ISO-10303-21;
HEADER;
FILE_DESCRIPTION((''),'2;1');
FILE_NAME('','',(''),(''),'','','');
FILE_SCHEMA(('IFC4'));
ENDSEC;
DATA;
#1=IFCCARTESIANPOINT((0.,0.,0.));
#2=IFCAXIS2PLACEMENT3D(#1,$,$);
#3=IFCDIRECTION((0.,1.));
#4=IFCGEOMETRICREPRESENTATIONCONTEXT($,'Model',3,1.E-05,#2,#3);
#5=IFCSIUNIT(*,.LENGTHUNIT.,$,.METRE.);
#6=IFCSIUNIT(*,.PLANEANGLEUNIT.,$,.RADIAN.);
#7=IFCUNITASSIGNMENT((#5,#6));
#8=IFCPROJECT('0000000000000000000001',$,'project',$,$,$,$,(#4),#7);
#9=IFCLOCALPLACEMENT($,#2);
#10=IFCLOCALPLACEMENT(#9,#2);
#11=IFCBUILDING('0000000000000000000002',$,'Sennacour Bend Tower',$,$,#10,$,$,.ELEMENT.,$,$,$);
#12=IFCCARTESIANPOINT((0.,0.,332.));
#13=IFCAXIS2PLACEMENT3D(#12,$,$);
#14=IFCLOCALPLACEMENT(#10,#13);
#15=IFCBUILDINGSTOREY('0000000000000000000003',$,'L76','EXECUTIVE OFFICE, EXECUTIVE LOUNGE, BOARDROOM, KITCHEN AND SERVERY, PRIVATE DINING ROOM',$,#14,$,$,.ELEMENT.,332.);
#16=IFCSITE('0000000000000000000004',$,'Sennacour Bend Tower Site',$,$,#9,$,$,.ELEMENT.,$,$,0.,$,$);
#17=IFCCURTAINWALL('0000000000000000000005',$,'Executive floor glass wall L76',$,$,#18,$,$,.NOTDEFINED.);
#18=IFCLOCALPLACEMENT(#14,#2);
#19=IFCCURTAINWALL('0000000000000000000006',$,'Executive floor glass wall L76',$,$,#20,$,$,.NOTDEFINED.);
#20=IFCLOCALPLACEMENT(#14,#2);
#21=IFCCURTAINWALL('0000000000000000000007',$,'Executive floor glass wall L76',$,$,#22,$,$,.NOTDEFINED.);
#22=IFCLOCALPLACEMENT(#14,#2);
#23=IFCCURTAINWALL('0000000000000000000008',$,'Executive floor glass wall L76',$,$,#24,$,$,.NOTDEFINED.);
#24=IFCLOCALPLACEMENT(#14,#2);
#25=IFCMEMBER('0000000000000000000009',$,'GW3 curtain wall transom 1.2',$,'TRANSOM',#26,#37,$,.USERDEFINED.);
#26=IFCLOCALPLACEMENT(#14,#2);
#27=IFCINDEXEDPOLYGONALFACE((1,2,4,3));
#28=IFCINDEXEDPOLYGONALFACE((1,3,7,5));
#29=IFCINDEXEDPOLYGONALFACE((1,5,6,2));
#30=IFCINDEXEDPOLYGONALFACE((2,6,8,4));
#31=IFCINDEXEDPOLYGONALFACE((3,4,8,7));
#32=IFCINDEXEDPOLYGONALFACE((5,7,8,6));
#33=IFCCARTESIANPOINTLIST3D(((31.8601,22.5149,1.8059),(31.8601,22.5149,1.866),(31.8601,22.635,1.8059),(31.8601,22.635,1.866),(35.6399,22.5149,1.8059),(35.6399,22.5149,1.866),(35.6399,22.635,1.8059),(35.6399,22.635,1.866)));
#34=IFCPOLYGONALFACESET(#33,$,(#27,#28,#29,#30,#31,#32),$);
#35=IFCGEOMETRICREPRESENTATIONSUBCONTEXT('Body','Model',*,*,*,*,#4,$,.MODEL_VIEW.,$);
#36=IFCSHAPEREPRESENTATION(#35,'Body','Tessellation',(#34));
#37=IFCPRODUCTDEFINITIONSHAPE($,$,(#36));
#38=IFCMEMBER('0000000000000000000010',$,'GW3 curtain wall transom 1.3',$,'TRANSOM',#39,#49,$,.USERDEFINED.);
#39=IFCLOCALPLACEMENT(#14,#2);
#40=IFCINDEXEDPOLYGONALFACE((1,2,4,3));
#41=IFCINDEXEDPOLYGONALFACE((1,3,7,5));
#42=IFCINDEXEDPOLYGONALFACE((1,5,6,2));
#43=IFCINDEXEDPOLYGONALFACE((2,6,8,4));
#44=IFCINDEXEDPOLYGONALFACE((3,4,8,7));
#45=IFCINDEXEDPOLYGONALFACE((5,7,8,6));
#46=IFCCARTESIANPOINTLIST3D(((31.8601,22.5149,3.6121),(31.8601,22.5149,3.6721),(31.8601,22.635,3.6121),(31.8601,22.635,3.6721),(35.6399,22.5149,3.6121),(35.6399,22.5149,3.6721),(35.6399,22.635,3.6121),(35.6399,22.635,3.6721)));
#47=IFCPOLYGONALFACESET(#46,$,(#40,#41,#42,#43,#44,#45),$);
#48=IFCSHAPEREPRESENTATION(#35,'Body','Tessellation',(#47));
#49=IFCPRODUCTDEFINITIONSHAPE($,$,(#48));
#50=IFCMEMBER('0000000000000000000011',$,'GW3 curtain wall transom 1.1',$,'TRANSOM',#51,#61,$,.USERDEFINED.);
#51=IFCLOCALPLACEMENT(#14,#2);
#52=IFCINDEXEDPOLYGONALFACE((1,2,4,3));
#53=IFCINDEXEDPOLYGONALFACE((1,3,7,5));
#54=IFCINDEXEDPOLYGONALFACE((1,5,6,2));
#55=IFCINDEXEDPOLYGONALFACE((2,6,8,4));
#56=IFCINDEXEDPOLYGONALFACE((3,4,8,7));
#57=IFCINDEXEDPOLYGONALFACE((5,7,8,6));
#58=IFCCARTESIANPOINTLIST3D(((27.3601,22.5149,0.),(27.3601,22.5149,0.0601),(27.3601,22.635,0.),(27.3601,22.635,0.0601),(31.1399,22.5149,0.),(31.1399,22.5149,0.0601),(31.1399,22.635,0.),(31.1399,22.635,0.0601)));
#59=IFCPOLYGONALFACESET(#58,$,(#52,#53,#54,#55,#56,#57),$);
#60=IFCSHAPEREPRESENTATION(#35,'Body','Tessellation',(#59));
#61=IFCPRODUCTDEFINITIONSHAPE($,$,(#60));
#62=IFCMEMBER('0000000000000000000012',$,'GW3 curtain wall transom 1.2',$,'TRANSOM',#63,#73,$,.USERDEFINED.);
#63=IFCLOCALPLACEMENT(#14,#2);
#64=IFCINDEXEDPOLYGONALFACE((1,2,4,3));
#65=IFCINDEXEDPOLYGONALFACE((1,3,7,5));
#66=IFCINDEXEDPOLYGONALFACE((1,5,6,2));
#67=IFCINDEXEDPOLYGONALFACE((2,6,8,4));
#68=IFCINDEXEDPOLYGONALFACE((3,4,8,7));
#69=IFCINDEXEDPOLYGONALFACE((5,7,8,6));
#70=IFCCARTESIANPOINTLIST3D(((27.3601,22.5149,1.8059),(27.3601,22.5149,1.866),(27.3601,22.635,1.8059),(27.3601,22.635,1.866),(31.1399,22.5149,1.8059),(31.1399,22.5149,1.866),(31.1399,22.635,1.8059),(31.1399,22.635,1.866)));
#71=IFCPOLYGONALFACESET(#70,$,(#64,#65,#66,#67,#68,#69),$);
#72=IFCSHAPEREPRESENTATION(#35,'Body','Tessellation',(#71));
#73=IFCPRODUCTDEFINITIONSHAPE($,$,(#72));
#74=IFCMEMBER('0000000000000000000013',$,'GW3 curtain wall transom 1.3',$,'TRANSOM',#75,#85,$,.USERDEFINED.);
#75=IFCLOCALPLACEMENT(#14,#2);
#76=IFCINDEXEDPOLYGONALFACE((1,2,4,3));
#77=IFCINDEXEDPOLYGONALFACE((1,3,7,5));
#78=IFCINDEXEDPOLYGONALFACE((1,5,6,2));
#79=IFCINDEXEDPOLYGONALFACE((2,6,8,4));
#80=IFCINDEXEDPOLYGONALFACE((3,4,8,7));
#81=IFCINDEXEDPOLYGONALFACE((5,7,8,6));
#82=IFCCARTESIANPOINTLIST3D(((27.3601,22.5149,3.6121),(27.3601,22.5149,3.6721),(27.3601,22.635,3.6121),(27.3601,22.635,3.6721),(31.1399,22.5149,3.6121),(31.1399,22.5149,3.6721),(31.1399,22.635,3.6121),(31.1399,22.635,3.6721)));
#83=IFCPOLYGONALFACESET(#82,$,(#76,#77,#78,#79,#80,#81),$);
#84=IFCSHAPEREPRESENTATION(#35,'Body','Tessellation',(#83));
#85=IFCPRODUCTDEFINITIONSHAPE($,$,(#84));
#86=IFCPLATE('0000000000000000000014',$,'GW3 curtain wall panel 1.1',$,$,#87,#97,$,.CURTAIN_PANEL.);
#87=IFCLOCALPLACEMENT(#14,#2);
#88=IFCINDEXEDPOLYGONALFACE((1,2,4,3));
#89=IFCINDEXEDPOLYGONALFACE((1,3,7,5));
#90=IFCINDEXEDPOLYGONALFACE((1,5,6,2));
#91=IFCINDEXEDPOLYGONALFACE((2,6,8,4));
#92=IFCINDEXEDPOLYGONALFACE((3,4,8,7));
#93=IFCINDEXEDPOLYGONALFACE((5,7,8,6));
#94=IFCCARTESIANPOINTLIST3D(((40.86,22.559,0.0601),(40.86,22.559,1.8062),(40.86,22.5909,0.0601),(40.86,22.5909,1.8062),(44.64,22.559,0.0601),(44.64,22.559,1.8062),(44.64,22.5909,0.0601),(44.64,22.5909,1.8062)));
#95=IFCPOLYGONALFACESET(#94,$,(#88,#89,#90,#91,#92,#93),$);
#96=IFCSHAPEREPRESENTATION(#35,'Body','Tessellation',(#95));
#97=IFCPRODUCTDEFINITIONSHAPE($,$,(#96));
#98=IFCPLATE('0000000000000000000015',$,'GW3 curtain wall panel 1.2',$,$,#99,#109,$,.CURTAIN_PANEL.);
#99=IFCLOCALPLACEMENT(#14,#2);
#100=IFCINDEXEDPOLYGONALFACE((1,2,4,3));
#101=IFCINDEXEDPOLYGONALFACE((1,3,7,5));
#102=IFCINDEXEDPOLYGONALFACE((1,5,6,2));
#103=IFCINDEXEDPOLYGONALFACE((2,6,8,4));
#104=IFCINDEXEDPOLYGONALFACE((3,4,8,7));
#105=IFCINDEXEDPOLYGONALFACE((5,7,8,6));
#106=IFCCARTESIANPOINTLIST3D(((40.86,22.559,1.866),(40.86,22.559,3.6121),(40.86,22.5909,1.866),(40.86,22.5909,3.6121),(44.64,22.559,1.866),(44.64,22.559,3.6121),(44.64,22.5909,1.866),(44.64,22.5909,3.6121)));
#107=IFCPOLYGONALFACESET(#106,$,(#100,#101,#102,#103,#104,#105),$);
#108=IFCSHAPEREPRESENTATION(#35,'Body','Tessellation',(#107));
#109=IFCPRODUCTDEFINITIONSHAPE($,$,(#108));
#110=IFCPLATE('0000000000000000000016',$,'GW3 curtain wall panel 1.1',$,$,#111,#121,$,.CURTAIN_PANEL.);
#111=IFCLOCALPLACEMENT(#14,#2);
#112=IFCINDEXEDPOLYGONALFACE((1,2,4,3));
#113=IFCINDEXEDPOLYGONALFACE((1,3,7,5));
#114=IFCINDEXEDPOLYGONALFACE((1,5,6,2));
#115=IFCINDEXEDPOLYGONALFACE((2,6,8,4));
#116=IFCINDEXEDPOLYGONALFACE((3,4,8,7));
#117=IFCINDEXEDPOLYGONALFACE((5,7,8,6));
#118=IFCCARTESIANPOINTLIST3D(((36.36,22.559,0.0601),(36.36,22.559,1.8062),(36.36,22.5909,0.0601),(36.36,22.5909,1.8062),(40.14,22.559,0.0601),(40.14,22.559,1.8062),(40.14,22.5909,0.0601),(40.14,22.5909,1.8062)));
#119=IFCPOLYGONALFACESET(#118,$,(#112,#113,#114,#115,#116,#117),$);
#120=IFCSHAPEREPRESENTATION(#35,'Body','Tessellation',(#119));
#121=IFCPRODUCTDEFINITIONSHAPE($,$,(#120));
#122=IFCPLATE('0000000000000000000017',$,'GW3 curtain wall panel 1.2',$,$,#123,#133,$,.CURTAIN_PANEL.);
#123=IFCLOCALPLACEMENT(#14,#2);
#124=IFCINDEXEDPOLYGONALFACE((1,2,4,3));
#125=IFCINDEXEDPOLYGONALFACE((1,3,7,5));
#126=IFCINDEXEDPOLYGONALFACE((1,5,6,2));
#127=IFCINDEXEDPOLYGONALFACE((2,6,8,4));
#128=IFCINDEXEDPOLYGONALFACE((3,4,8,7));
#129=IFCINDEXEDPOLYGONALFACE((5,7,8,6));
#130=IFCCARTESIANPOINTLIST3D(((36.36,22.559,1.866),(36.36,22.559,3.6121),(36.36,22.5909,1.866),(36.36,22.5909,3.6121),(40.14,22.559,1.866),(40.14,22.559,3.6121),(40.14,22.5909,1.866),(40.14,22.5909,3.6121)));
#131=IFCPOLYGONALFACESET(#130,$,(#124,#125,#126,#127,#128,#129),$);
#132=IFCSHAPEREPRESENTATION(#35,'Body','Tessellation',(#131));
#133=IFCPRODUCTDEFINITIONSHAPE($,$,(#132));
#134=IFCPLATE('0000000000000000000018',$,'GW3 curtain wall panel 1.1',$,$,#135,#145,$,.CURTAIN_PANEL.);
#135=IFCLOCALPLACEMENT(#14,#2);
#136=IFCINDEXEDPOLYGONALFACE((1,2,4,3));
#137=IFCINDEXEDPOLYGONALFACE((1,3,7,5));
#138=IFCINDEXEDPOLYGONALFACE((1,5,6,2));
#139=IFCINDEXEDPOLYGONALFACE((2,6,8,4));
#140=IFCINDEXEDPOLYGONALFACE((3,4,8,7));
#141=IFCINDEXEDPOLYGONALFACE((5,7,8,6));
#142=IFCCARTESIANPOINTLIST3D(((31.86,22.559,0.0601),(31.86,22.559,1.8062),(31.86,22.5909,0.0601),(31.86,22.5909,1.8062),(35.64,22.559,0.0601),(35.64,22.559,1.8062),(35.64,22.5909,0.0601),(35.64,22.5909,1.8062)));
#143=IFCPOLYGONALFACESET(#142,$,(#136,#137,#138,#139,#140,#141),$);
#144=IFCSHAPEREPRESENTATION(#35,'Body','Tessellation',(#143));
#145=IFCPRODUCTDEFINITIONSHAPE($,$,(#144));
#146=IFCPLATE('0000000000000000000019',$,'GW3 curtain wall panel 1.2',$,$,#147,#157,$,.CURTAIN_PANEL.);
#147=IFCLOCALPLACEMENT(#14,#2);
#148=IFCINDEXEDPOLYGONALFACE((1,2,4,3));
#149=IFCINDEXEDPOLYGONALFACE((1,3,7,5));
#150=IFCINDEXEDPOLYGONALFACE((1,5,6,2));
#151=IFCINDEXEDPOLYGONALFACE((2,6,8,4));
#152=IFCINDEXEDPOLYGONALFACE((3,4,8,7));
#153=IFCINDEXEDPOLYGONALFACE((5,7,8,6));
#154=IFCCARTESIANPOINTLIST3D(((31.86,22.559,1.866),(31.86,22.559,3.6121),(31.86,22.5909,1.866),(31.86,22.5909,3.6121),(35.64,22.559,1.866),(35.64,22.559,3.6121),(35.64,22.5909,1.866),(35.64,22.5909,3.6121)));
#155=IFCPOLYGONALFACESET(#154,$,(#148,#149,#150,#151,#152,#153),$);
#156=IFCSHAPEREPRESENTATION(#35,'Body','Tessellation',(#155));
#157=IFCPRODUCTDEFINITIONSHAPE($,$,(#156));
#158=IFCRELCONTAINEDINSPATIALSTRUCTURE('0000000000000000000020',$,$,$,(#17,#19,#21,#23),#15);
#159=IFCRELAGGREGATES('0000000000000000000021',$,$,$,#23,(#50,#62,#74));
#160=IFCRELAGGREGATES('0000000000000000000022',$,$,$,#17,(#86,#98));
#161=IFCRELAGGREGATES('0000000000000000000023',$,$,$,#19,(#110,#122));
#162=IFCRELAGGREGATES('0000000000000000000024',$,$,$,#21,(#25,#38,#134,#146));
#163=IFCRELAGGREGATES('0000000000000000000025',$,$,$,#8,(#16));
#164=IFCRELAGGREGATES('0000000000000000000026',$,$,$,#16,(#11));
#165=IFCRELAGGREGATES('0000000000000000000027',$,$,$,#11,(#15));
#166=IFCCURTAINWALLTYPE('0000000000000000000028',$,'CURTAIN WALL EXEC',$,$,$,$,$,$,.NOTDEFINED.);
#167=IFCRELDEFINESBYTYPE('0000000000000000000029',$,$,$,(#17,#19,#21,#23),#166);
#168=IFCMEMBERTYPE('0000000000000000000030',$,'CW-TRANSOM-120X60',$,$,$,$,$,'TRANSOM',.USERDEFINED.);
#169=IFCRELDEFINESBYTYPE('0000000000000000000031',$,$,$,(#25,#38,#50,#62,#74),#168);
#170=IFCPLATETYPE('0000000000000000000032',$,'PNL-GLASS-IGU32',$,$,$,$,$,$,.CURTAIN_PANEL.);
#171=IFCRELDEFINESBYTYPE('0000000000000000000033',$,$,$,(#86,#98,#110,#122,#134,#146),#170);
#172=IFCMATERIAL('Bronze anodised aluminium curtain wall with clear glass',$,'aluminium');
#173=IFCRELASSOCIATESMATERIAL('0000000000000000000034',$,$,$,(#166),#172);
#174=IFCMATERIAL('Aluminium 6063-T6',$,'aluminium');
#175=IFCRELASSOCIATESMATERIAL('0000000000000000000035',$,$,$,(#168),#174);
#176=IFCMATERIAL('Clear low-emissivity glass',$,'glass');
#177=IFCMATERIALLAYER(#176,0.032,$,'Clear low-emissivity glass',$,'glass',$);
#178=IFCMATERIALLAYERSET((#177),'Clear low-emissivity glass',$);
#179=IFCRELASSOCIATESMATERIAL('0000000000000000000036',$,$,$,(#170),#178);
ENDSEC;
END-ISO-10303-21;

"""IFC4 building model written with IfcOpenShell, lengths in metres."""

from ifc_helpers import new_model, si_unit, direction, frame, origin, origin_2d, place, context, subcontext, project, spatial, rectangle, extrude, material, layer, layer_set, material_profile, profile_set, type_object, element, aggregate, save


model = new_model("IFC4")

# Units and contexts
model_context = context("Model", 3, precision=1e-05, world=origin(), true_north=direction((0.0, 1.0)))
body_context = subcontext(model_context, "Body", "Model", "MODEL_VIEW")
ifc_project = project(units=[si_unit("LENGTHUNIT", "METRE"), si_unit("PLANEANGLEUNIT", "RADIAN")], contexts=[model_context])

# Site, building, storey
site_placement = place(None, origin())
site = spatial("IfcSite", under=ifc_project, at=site_placement, Name="Sennacour Bend Tower Site", CompositionType="ELEMENT", RefElevation=0.0)
building_placement = place(site_placement, origin())
building = spatial("IfcBuilding", under=site, at=building_placement, Name="Sennacour Bend Tower", CompositionType="ELEMENT")
storey_placement = place(building_placement, frame((0.0, 0.0, 332.0)))
storey = spatial("IfcBuildingStorey", under=building, at=storey_placement, Name="L76", Description="EXECUTIVE OFFICE, EXECUTIVE LOUNGE, BOARDROOM, KITCHEN AND SERVERY, PRIVATE DINING ROOM", CompositionType="ELEMENT", Elevation=332.0)

# Shared definitions
ifc_material_1 = material(Name="Bronze anodised aluminium curtain wall with clear glass", Category="aluminium")
curtain_wall_type = type_object("IfcCurtainWallType", Name="CURTAIN WALL EXEC", PredefinedType="NOTDEFINED", material=ifc_material_1)
ifc_material_2 = material(Name="Aluminium 6063-T6", Category="aluminium")

# Curtain walls
curtain_wall_1_placement = place(storey_placement, origin())
curtain_wall_1 = element("IfcCurtainWall", 1, at=curtain_wall_1_placement, inside=storey, type_object=curtain_wall_type, Name="Executive floor glass wall L76", PredefinedType="NOTDEFINED")
curtain_wall_2_placement = place(storey_placement, origin())
curtain_wall_2 = element("IfcCurtainWall", 2, at=curtain_wall_2_placement, inside=storey, type_object=curtain_wall_type, Name="Executive floor glass wall L76", PredefinedType="NOTDEFINED")
curtain_wall_3_placement = place(storey_placement, origin())
curtain_wall_3 = element("IfcCurtainWall", 3, at=curtain_wall_3_placement, inside=storey, type_object=curtain_wall_type, Name="Executive floor glass wall L76", PredefinedType="NOTDEFINED")

# Curtain wall
curtain_wall_4_placement = place(storey_placement, origin())
curtain_wall_4 = element("IfcCurtainWall", 4, at=curtain_wall_4_placement, inside=storey, type_object=curtain_wall_type, Name="Executive floor glass wall L76", PredefinedType="NOTDEFINED")

# Members
ifc_material_profile_1 = material_profile(ifc_material_2, rectangle(XDim=0.1201, YDim=0.0601, at=origin_2d()), Name="Aluminium 6063-T6", Category="aluminium")
ifc_profile_set_1 = profile_set([ifc_material_profile_1], Name="Aluminium 6063-T6")
member_type_1 = type_object("IfcMemberType", Name="CW-TRANSOM-120X60", ElementType="TRANSOM", PredefinedType="USERDEFINED", material=ifc_profile_set_1)
member_1_placement = place(storey_placement, frame((35.6399, 22.575, 1.8359), z_axis=(-1.0, 0.0, 0.0), x_axis=(0.0, -1.0, 0.0)))
member_1 = element("IfcMember", 5, at=member_1_placement, type_object=member_type_1, Name="GW3 curtain wall transom 1.2", ObjectType="TRANSOM", PredefinedType="USERDEFINED", context=body_context, shape_type="SweptSolid", body=[
    extrude(rectangle(XDim=0.1201, YDim=0.0601, at=origin_2d()), origin(), (0.0, 0.0, 1.0), 3.7798),
])
member_2_placement = place(storey_placement, frame((35.6399, 22.575, 3.6421), z_axis=(-1.0, 0.0, 0.0), x_axis=(0.0, -1.0, 0.0)))
member_2 = element("IfcMember", 6, at=member_2_placement, type_object=member_type_1, Name="GW3 curtain wall transom 1.3", ObjectType="TRANSOM", PredefinedType="USERDEFINED", context=body_context, shape_type="SweptSolid", body=[
    extrude(rectangle(XDim=0.1201, YDim=0.0601, at=origin_2d()), origin(), (0.0, 0.0, 1.0), 3.7798),
])
member_3_placement = place(storey_placement, frame((31.1399, 22.575, 0.03), z_axis=(-1.0, 0.0, 0.0), x_axis=(0.0, -1.0, 0.0)))
member_3 = element("IfcMember", 7, at=member_3_placement, type_object=member_type_1, Name="GW3 curtain wall transom 1.1", ObjectType="TRANSOM", PredefinedType="USERDEFINED", context=body_context, shape_type="SweptSolid", body=[
    extrude(rectangle(XDim=0.1201, YDim=0.0601, at=origin_2d()), origin(), (0.0, 0.0, 1.0), 3.7798),
])
member_4_placement = place(storey_placement, frame((31.1399, 22.575, 1.8359), z_axis=(-1.0, 0.0, 0.0), x_axis=(0.0, -1.0, 0.0)))
member_4 = element("IfcMember", 8, at=member_4_placement, type_object=member_type_1, Name="GW3 curtain wall transom 1.2", ObjectType="TRANSOM", PredefinedType="USERDEFINED", context=body_context, shape_type="SweptSolid", body=[
    extrude(rectangle(XDim=0.1201, YDim=0.0601, at=origin_2d()), origin(), (0.0, 0.0, 1.0), 3.7798),
])
member_5_placement = place(storey_placement, frame((31.1399, 22.575, 3.6421), z_axis=(-1.0, 0.0, 0.0), x_axis=(0.0, -1.0, 0.0)))
member_5 = element("IfcMember", 9, at=member_5_placement, type_object=member_type_1, Name="GW3 curtain wall transom 1.3", ObjectType="TRANSOM", PredefinedType="USERDEFINED", context=body_context, shape_type="SweptSolid", body=[
    extrude(rectangle(XDim=0.1201, YDim=0.0601, at=origin_2d()), origin(), (0.0, 0.0, 1.0), 3.7798),
])
aggregate(curtain_wall_4, [member_3, member_4, member_5])

# Plates
ifc_material_3 = material(Name="Clear low-emissivity glass", Category="glass")
ifc_layer = layer(ifc_material_3, 0.032, Name="Clear low-emissivity glass", Category="glass")
ifc_layer_set = layer_set([ifc_layer], Name="Clear low-emissivity glass")
plate_type = type_object("IfcPlateType", Name="PNL-GLASS-IGU32", PredefinedType="CURTAIN_PANEL", material=ifc_layer_set)
plate_1_placement = place(storey_placement, frame((42.75, 22.575, 0.0601), z_axis=(0.0, 0.0, 1.0), x_axis=(-1.0, 0.0, 0.0)))
plate_1 = element("IfcPlate", 10, at=plate_1_placement, type_object=plate_type, Name="GW3 curtain wall panel 1.1", PredefinedType="CURTAIN_PANEL", context=body_context, shape_type="SweptSolid", body=[
    extrude(rectangle(XDim=3.78, YDim=0.032, at=origin_2d()), origin(), (0.0, 0.0, 1.0), 1.7461),
])
plate_2_placement = place(storey_placement, frame((42.75, 22.575, 1.866), z_axis=(0.0, 0.0, 1.0), x_axis=(-1.0, 0.0, 0.0)))
plate_2 = element("IfcPlate", 11, at=plate_2_placement, type_object=plate_type, Name="GW3 curtain wall panel 1.2", PredefinedType="CURTAIN_PANEL", context=body_context, shape_type="SweptSolid", body=[
    extrude(rectangle(XDim=3.78, YDim=0.032, at=origin_2d()), origin(), (0.0, 0.0, 1.0), 1.7461),
])
aggregate(curtain_wall_1, [plate_1, plate_2])
plate_3_placement = place(storey_placement, frame((38.25, 22.575, 0.0601), z_axis=(0.0, 0.0, 1.0), x_axis=(-1.0, 0.0, 0.0)))
plate_3 = element("IfcPlate", 12, at=plate_3_placement, type_object=plate_type, Name="GW3 curtain wall panel 1.1", PredefinedType="CURTAIN_PANEL", context=body_context, shape_type="SweptSolid", body=[
    extrude(rectangle(XDim=3.78, YDim=0.032, at=origin_2d()), origin(), (0.0, 0.0, 1.0), 1.7461),
])
plate_4_placement = place(storey_placement, frame((38.25, 22.575, 1.866), z_axis=(0.0, 0.0, 1.0), x_axis=(-1.0, 0.0, 0.0)))
plate_4 = element("IfcPlate", 13, at=plate_4_placement, type_object=plate_type, Name="GW3 curtain wall panel 1.2", PredefinedType="CURTAIN_PANEL", context=body_context, shape_type="SweptSolid", body=[
    extrude(rectangle(XDim=3.78, YDim=0.032, at=origin_2d()), origin(), (0.0, 0.0, 1.0), 1.7461),
])
aggregate(curtain_wall_2, [plate_3, plate_4])
plate_5_placement = place(storey_placement, frame((33.75, 22.575, 0.0601), z_axis=(0.0, 0.0, 1.0), x_axis=(-1.0, 0.0, 0.0)))
plate_5 = element("IfcPlate", 14, at=plate_5_placement, type_object=plate_type, Name="GW3 curtain wall panel 1.1", PredefinedType="CURTAIN_PANEL", context=body_context, shape_type="SweptSolid", body=[
    extrude(rectangle(XDim=3.78, YDim=0.032, at=origin_2d()), origin(), (0.0, 0.0, 1.0), 1.7461),
])
plate_6_placement = place(storey_placement, frame((33.75, 22.575, 1.866), z_axis=(0.0, 0.0, 1.0), x_axis=(-1.0, 0.0, 0.0)))
plate_6 = element("IfcPlate", 15, at=plate_6_placement, type_object=plate_type, Name="GW3 curtain wall panel 1.2", PredefinedType="CURTAIN_PANEL", context=body_context, shape_type="SweptSolid", body=[
    extrude(rectangle(XDim=3.78, YDim=0.032, at=origin_2d()), origin(), (0.0, 0.0, 1.0), 1.7461),
])
aggregate(curtain_wall_3, [member_1, member_2, plate_5, plate_6])

save(model, "model.ifc")
